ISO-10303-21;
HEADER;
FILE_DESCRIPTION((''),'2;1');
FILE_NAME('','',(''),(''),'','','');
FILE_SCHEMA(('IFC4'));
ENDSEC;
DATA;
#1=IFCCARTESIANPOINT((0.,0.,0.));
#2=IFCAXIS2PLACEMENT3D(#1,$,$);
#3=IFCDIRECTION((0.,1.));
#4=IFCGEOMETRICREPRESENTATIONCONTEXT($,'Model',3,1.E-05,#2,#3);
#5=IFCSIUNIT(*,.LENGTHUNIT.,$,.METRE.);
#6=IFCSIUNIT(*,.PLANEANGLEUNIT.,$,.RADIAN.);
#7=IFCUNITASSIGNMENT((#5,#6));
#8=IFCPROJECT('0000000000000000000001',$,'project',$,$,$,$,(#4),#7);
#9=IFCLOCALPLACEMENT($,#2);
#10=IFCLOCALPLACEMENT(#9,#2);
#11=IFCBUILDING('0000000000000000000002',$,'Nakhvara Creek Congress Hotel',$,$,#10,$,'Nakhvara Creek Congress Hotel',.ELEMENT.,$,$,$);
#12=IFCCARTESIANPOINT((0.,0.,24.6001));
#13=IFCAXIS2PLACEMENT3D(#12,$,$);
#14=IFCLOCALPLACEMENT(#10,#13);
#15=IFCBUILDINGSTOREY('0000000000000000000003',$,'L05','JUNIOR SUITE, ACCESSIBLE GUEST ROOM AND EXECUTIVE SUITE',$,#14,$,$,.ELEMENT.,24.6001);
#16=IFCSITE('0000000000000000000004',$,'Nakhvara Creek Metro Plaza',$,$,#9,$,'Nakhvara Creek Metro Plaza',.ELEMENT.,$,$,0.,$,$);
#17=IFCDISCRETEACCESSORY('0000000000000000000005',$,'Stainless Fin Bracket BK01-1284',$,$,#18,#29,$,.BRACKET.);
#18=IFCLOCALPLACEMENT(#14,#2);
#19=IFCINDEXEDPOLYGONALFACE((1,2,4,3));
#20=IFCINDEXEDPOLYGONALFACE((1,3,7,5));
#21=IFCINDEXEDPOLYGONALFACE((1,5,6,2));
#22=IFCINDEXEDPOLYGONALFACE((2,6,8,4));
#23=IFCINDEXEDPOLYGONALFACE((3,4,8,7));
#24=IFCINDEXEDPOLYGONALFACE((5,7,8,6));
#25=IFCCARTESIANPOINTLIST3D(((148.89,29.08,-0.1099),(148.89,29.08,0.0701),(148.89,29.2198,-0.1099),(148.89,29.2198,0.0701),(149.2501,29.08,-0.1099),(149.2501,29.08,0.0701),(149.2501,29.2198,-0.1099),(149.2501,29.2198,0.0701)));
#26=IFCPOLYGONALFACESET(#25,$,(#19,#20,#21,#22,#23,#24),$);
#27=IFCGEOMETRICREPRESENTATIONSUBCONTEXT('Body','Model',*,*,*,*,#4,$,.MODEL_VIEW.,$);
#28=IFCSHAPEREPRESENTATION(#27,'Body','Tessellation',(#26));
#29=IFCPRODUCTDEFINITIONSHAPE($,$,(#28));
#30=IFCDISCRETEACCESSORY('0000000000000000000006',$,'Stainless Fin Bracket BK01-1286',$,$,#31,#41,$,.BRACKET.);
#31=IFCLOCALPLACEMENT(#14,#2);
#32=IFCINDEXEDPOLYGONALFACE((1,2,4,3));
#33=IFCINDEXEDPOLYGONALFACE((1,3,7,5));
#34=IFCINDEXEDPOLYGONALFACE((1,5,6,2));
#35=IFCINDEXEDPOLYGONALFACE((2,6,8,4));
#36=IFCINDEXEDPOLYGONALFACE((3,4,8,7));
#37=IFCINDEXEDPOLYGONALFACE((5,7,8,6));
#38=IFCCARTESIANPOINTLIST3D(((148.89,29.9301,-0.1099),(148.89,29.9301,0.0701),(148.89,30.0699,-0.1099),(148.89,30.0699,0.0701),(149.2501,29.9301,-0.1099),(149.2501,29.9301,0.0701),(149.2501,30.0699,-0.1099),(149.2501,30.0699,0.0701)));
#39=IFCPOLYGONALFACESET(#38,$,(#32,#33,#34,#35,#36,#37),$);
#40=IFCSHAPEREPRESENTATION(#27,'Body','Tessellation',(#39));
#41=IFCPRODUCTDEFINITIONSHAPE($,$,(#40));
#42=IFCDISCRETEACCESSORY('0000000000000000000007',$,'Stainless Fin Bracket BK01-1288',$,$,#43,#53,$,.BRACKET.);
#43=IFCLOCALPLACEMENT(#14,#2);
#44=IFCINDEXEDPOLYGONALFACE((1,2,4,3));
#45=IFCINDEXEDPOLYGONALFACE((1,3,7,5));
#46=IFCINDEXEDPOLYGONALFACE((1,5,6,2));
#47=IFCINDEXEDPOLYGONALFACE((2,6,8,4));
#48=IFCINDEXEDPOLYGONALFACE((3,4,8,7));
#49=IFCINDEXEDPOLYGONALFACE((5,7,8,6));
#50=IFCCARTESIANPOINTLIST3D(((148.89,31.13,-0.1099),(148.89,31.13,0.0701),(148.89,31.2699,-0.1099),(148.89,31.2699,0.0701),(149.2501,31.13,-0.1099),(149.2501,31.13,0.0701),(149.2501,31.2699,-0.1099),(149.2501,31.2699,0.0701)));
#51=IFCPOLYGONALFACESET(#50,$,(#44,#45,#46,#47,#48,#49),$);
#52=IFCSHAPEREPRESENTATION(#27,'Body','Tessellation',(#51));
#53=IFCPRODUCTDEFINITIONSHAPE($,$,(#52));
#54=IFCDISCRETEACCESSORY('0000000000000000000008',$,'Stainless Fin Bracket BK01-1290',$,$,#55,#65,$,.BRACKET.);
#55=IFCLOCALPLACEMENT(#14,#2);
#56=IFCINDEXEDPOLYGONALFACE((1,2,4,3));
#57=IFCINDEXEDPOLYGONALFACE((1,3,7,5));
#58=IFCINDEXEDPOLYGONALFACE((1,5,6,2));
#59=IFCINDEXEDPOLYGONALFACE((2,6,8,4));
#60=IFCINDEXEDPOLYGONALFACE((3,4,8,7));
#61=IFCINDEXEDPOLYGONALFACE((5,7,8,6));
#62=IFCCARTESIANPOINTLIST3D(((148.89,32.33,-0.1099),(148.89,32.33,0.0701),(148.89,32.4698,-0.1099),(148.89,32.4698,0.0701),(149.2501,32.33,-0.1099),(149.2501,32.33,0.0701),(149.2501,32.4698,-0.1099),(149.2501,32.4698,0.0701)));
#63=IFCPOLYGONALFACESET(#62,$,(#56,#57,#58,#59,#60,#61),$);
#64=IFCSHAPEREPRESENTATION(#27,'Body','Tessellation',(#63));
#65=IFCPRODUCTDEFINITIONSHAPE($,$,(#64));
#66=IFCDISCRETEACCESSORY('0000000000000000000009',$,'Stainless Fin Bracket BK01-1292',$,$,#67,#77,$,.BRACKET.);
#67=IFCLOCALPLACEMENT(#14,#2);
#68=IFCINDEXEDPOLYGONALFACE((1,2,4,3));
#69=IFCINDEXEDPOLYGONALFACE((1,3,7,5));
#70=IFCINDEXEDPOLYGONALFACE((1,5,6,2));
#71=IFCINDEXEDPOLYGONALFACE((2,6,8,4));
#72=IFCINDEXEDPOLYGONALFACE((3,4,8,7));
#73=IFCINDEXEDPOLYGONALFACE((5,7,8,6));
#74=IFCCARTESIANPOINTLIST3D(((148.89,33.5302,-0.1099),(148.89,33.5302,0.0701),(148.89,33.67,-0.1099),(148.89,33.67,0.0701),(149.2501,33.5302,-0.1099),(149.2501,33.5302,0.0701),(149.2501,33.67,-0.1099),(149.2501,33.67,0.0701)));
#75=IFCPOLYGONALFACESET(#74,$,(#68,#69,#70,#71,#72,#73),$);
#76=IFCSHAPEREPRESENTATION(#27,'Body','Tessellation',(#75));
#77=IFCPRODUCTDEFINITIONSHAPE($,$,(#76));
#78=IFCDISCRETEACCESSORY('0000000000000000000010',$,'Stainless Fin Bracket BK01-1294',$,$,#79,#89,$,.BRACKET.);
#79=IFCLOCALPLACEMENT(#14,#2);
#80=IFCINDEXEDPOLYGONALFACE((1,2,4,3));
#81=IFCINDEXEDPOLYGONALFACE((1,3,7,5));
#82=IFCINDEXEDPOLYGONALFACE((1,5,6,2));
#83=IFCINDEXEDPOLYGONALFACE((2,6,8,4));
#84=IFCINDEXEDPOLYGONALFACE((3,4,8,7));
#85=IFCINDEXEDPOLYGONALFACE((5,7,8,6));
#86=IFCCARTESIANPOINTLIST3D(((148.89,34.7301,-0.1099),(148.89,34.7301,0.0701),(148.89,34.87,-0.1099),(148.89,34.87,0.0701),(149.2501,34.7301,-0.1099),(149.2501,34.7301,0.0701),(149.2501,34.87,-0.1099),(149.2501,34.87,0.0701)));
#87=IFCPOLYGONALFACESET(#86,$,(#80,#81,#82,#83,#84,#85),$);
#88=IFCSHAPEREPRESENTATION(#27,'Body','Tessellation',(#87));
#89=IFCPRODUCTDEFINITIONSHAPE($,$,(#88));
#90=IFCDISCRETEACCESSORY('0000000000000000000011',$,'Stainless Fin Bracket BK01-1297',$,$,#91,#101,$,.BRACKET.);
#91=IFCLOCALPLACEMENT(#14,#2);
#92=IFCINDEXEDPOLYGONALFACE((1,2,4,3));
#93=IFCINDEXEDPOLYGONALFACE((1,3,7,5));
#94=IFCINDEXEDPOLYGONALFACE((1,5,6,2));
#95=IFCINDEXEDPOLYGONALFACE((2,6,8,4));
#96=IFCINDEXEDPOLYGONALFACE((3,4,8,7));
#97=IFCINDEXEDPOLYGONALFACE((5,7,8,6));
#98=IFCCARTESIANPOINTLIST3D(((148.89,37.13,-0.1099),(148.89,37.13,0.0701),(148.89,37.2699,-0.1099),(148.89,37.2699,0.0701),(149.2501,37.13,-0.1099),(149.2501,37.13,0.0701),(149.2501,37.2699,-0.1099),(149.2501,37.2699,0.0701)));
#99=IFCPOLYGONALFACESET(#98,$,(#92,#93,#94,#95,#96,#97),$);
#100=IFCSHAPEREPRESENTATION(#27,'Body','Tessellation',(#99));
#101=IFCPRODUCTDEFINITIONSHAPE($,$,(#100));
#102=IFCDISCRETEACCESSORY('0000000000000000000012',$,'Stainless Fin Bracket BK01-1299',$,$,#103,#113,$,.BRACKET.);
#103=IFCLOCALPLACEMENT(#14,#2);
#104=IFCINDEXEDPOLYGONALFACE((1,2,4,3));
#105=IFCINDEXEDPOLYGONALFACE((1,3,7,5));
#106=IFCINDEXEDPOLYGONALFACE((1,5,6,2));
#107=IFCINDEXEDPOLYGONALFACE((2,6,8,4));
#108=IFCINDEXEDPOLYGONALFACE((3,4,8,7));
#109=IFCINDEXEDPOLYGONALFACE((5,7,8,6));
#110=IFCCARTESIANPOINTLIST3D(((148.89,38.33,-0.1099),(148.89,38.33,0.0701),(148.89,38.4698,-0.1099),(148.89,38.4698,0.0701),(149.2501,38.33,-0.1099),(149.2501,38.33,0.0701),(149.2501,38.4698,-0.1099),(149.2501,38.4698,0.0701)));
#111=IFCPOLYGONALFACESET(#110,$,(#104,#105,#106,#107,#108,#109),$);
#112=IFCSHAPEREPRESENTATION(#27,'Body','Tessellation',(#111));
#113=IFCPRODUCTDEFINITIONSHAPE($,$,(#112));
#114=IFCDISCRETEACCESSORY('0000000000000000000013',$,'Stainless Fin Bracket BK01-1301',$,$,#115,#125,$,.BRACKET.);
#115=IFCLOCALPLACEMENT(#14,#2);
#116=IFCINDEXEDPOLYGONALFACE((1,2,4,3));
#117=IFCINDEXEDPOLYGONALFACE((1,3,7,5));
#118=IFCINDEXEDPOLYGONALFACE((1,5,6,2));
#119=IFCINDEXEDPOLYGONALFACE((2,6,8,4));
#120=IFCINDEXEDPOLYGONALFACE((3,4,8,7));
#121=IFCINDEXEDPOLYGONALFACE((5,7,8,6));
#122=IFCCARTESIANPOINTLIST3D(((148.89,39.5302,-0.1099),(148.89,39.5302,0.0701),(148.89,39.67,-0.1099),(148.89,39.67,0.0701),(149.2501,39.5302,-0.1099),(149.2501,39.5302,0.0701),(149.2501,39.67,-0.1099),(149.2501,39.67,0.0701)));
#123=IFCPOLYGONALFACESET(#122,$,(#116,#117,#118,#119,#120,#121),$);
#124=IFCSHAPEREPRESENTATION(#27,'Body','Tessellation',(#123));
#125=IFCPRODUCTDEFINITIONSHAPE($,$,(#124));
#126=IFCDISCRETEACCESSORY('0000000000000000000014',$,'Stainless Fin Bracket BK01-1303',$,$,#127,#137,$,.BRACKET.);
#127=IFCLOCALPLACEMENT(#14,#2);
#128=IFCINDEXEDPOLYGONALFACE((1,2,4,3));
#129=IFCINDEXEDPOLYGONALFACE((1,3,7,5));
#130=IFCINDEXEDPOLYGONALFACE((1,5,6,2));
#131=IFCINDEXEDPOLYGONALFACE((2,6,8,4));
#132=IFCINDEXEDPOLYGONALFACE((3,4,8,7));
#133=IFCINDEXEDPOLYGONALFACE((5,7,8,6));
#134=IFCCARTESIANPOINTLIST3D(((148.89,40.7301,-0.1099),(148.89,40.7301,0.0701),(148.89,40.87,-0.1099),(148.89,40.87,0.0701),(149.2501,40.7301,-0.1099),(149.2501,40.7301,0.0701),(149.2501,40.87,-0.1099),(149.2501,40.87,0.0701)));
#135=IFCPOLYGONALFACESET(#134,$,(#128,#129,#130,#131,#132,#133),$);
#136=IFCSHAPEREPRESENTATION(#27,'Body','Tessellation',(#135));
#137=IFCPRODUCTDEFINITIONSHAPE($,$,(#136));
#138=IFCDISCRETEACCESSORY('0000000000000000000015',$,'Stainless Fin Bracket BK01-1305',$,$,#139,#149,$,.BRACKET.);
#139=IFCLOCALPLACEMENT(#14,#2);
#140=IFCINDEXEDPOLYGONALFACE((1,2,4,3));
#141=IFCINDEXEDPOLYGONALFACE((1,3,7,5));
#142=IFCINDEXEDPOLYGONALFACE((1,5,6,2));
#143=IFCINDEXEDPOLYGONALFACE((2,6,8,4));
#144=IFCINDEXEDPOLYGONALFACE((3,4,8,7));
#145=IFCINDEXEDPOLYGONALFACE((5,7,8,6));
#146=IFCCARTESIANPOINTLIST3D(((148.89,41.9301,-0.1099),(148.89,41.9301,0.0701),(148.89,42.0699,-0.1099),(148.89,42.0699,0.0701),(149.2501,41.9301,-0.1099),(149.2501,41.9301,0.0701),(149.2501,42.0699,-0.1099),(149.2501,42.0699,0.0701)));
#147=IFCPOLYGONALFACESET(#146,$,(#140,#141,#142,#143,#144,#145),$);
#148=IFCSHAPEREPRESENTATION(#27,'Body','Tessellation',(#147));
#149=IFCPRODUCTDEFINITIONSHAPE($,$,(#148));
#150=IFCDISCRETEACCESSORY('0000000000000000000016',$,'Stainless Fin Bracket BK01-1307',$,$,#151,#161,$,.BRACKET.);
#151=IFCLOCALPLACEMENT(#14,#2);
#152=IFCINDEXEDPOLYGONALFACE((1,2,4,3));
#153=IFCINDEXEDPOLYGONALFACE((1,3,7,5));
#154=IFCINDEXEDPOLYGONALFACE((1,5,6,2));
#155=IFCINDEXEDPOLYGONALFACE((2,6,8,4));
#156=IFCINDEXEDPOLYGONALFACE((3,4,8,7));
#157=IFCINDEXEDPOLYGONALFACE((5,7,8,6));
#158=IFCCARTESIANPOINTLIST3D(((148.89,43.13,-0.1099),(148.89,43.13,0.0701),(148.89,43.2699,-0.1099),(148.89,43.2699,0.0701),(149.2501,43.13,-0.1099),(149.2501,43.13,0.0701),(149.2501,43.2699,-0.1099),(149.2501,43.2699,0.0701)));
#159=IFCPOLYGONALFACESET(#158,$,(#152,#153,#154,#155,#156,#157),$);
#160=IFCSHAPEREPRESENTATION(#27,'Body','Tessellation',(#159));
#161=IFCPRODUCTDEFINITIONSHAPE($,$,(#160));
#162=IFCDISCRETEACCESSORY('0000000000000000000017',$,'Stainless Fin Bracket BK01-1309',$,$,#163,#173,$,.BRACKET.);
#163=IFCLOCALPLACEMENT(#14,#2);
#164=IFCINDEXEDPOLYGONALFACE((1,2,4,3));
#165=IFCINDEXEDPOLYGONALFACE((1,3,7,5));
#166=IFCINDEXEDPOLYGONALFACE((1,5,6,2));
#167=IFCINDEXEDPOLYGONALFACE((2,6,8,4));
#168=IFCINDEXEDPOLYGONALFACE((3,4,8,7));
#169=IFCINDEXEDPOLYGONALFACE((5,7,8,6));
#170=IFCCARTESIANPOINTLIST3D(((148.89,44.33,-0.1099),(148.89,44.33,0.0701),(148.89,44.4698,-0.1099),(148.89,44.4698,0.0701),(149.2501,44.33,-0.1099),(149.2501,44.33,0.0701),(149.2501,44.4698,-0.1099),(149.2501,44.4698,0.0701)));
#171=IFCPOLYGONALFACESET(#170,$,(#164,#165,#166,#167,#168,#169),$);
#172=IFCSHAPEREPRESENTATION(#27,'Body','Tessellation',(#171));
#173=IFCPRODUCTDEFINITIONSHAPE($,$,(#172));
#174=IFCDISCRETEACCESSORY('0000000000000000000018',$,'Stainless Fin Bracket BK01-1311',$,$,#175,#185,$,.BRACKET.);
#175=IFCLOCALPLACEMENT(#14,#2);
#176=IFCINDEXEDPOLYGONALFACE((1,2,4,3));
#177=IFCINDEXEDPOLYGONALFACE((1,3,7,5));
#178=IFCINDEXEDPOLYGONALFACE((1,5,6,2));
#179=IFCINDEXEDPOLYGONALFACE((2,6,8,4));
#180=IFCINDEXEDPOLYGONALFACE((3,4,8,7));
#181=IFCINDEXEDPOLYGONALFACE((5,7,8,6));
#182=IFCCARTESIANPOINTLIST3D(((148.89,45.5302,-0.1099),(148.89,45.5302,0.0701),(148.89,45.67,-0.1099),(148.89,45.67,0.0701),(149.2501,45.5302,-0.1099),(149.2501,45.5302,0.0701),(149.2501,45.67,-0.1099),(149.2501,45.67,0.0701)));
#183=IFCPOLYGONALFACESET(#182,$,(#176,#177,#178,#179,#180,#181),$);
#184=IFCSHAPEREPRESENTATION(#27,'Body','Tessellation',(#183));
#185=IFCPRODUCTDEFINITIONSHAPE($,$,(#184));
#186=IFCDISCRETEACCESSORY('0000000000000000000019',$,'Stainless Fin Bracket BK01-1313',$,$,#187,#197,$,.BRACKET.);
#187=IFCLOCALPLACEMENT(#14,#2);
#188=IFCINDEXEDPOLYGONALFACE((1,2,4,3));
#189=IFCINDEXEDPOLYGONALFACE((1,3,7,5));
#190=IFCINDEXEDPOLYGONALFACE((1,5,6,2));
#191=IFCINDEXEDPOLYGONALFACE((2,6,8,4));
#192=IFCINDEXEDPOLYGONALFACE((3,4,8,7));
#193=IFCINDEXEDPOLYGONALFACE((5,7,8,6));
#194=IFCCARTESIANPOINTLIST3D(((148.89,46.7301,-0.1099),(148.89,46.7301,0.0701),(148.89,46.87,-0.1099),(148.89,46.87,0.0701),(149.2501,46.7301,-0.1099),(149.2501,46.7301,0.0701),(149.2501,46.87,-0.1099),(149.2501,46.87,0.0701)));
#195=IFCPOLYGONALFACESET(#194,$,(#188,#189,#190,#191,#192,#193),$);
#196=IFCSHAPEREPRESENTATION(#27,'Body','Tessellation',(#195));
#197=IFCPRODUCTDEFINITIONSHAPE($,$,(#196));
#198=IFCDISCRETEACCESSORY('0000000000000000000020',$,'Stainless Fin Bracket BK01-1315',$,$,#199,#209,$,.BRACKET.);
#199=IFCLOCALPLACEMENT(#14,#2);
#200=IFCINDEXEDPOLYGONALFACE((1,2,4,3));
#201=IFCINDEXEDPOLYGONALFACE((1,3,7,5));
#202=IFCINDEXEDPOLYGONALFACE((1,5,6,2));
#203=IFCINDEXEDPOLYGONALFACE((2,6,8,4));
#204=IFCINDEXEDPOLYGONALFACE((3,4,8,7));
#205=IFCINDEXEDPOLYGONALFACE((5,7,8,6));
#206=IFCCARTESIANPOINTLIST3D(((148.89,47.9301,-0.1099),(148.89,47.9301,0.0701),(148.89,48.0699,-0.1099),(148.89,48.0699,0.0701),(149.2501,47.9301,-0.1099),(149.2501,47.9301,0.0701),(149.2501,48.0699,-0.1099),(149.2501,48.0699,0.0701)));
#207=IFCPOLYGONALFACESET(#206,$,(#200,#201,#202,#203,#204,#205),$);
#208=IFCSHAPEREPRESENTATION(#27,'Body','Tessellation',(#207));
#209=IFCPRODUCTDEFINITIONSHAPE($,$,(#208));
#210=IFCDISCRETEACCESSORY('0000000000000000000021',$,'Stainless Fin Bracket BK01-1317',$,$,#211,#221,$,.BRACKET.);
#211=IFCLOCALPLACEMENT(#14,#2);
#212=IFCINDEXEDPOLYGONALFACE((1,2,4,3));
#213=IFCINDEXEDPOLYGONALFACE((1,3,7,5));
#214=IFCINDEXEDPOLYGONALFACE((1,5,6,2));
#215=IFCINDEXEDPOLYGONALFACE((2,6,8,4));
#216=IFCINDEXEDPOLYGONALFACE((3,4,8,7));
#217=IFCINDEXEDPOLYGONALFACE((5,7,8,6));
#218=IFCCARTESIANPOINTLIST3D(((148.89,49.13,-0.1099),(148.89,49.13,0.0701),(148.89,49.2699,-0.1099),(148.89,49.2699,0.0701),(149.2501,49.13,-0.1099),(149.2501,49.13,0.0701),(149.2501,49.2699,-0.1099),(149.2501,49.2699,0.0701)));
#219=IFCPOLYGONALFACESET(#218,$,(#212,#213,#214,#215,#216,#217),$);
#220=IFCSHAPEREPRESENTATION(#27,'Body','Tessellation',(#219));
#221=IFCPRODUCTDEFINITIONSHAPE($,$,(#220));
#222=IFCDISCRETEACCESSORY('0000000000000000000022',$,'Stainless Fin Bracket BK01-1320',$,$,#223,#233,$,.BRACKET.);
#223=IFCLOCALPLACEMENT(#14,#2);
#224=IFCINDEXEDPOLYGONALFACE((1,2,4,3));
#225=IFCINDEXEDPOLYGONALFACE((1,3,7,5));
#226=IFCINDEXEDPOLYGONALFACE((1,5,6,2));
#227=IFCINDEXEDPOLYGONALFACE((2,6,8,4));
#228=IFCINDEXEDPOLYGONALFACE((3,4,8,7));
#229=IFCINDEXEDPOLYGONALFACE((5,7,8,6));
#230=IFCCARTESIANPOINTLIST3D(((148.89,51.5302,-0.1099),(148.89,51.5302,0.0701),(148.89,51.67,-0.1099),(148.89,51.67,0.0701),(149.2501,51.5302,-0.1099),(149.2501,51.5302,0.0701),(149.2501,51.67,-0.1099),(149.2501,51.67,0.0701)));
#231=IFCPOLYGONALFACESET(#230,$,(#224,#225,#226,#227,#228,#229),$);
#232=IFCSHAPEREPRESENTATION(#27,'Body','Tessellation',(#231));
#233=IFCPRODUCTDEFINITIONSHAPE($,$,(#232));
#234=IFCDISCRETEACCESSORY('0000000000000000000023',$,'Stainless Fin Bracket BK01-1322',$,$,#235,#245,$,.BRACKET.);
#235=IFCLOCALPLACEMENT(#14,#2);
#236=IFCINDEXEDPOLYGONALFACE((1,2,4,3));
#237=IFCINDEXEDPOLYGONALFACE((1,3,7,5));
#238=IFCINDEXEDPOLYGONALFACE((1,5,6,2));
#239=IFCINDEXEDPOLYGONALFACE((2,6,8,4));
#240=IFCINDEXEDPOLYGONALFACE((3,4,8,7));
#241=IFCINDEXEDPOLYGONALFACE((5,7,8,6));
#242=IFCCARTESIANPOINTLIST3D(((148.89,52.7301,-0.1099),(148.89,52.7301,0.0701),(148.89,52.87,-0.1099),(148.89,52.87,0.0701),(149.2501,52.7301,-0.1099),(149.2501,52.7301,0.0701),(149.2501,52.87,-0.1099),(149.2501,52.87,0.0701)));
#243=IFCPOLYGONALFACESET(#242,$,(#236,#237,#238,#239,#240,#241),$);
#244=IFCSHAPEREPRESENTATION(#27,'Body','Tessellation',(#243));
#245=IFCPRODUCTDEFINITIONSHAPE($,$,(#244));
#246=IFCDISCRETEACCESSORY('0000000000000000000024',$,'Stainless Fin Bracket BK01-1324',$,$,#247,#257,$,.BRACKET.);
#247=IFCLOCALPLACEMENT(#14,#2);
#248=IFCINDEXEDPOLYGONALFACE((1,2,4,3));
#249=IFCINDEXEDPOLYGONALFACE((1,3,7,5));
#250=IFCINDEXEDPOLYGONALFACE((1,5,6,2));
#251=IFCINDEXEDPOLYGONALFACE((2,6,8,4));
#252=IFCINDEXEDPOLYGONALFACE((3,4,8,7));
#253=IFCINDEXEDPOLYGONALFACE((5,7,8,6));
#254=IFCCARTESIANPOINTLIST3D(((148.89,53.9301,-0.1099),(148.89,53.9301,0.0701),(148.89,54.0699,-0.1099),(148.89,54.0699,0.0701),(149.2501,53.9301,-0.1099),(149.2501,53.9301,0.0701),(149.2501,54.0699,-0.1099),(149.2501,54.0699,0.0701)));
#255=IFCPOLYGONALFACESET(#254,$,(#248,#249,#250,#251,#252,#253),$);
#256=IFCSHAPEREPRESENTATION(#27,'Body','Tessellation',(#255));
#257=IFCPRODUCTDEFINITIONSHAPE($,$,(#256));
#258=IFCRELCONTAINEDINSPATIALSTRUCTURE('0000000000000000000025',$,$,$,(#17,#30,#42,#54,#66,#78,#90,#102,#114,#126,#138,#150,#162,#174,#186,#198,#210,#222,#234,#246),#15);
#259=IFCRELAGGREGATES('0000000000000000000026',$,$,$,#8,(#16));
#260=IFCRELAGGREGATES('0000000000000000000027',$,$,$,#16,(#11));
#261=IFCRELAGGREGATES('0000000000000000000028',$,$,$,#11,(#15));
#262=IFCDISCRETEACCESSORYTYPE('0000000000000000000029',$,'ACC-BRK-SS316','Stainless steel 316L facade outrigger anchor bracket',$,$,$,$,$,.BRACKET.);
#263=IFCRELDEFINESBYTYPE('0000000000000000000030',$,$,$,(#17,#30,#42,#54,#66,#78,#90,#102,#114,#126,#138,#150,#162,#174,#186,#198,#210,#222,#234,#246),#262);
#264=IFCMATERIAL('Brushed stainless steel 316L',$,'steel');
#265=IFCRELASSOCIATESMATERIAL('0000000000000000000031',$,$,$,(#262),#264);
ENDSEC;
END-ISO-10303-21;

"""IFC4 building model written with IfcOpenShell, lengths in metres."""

from ifc_helpers import new_model, si_unit, direction, frame, origin, origin_2d, place, context, subcontext, project, spatial, rectangle, extrude, material, type_object, element, save


model = new_model("IFC4")

# Units and contexts
model_context = context("Model", 3, precision=1e-05, world=origin(), true_north=direction((0.0, 1.0)))
body_context = subcontext(model_context, "Body", "Model", "MODEL_VIEW")
ifc_project = project(units=[si_unit("LENGTHUNIT", "METRE"), si_unit("PLANEANGLEUNIT", "RADIAN")], contexts=[model_context])

# Site, building, storey
site_placement = place(None, origin())
site = spatial("IfcSite", under=ifc_project, at=site_placement, Name="Nakhvara Creek Metro Plaza", LongName="Nakhvara Creek Metro Plaza", CompositionType="ELEMENT", RefElevation=0.0)
building_placement = place(site_placement, origin())
building = spatial("IfcBuilding", under=site, at=building_placement, Name="Nakhvara Creek Congress Hotel", LongName="Nakhvara Creek Congress Hotel", CompositionType="ELEMENT")
storey_placement = place(building_placement, frame((0.0, 0.0, 24.6001)))
storey = spatial("IfcBuildingStorey", under=building, at=storey_placement, Name="L05", Description="JUNIOR SUITE, ACCESSIBLE GUEST ROOM AND EXECUTIVE SUITE", CompositionType="ELEMENT", Elevation=24.6001)

# Discrete accessories
ifc_material = material(Name="Brushed stainless steel 316L", Category="steel")
discrete_accessory_type = type_object("IfcDiscreteAccessoryType", Name="ACC-BRK-SS316", Description="Stainless steel 316L facade outrigger anchor bracket", PredefinedType="BRACKET", material=ifc_material)
for number, where, z_axis, x_axis, name in (
    (1, (149.0701, 29.1499, -0.1099), (0.0, 0.0, 1.0), (0.0, 1.0, 0.0), "Stainless Fin Bracket BK01-1284"),
    (2, (149.0701, 30.0, -0.1099), (0.0, 0.0, 1.0), (0.0, 1.0, 0.0), "Stainless Fin Bracket BK01-1286"),
    (3, (149.0701, 31.2, -0.1099), (0.0, 0.0, 1.0), (0.0, 1.0, 0.0), "Stainless Fin Bracket BK01-1288"),
    (4, (149.0701, 32.3999, -0.1099), (0.0, 0.0, 1.0), (0.0, 1.0, 0.0), "Stainless Fin Bracket BK01-1290"),
    (5, (149.0701, 33.6001, -0.1099), (0.0, 0.0, 1.0), (0.0, 1.0, 0.0), "Stainless Fin Bracket BK01-1292"),
    (6, (149.0701, 34.8, -0.1099), (0.0, 0.0, 1.0), (0.0, 1.0, 0.0), "Stainless Fin Bracket BK01-1294"),
    (7, (149.0701, 37.2, -0.1099), (0.0, 0.0, 1.0), (0.0, 1.0, 0.0), "Stainless Fin Bracket BK01-1297"),
    (8, (149.0701, 38.3999, -0.1099), (0.0, 0.0, 1.0), (0.0, 1.0, 0.0), "Stainless Fin Bracket BK01-1299"),
    (9, (149.0701, 39.6001, -0.1099), (0.0, 0.0, 1.0), (0.0, 1.0, 0.0), "Stainless Fin Bracket BK01-1301"),
    (10, (149.0701, 40.8, -0.1099), (0.0, 0.0, 1.0), (0.0, 1.0, 0.0), "Stainless Fin Bracket BK01-1303"),
    (11, (149.0701, 42.0, -0.1099), (0.0, 0.0, 1.0), (0.0, 1.0, 0.0), "Stainless Fin Bracket BK01-1305"),
    (12, (149.0701, 43.2, -0.1099), (0.0, 0.0, 1.0), (0.0, 1.0, 0.0), "Stainless Fin Bracket BK01-1307"),
    (13, (149.0701, 44.3999, -0.1099), (0.0, 0.0, 1.0), (0.0, 1.0, 0.0), "Stainless Fin Bracket BK01-1309"),
    (14, (149.0701, 45.6001, -0.1099), (0.0, 0.0, 1.0), (0.0, 1.0, 0.0), "Stainless Fin Bracket BK01-1311"),
    (15, (149.0701, 46.8, -0.1099), (0.0, 0.0, 1.0), (0.0, 1.0, 0.0), "Stainless Fin Bracket BK01-1313"),
    (16, (149.0701, 48.0, -0.1099), (0.0, 0.0, 1.0), (0.0, 1.0, 0.0), "Stainless Fin Bracket BK01-1315"),
    (17, (149.0701, 49.2, -0.1099), (0.0, 0.0, 1.0), (0.0, 1.0, 0.0), "Stainless Fin Bracket BK01-1317"),
    (18, (149.0701, 51.6001, -0.1099), (0.0, 0.0, 1.0), (0.0, 1.0, 0.0), "Stainless Fin Bracket BK01-1320"),
    (19, (149.0701, 52.8, -0.1099), (0.0, 0.0, 1.0), (0.0, 1.0, 0.0), "Stainless Fin Bracket BK01-1322"),
    (20, (149.0701, 54.0, -0.1099), (0.0, 0.0, 1.0), (0.0, 1.0, 0.0), "Stainless Fin Bracket BK01-1324"),
):
    element("IfcDiscreteAccessory", number, at=place(storey_placement, frame(where, z_axis=z_axis, x_axis=x_axis)), inside=storey, type_object=discrete_accessory_type, Name=name, PredefinedType="BRACKET", context=body_context, shape_type="SweptSolid", body=[
        extrude(rectangle(XDim=0.1399, YDim=0.3601, at=origin_2d()), origin(), (0.0, 0.0, 1.0), 0.1799),
    ])

save(model, "model.ifc")
